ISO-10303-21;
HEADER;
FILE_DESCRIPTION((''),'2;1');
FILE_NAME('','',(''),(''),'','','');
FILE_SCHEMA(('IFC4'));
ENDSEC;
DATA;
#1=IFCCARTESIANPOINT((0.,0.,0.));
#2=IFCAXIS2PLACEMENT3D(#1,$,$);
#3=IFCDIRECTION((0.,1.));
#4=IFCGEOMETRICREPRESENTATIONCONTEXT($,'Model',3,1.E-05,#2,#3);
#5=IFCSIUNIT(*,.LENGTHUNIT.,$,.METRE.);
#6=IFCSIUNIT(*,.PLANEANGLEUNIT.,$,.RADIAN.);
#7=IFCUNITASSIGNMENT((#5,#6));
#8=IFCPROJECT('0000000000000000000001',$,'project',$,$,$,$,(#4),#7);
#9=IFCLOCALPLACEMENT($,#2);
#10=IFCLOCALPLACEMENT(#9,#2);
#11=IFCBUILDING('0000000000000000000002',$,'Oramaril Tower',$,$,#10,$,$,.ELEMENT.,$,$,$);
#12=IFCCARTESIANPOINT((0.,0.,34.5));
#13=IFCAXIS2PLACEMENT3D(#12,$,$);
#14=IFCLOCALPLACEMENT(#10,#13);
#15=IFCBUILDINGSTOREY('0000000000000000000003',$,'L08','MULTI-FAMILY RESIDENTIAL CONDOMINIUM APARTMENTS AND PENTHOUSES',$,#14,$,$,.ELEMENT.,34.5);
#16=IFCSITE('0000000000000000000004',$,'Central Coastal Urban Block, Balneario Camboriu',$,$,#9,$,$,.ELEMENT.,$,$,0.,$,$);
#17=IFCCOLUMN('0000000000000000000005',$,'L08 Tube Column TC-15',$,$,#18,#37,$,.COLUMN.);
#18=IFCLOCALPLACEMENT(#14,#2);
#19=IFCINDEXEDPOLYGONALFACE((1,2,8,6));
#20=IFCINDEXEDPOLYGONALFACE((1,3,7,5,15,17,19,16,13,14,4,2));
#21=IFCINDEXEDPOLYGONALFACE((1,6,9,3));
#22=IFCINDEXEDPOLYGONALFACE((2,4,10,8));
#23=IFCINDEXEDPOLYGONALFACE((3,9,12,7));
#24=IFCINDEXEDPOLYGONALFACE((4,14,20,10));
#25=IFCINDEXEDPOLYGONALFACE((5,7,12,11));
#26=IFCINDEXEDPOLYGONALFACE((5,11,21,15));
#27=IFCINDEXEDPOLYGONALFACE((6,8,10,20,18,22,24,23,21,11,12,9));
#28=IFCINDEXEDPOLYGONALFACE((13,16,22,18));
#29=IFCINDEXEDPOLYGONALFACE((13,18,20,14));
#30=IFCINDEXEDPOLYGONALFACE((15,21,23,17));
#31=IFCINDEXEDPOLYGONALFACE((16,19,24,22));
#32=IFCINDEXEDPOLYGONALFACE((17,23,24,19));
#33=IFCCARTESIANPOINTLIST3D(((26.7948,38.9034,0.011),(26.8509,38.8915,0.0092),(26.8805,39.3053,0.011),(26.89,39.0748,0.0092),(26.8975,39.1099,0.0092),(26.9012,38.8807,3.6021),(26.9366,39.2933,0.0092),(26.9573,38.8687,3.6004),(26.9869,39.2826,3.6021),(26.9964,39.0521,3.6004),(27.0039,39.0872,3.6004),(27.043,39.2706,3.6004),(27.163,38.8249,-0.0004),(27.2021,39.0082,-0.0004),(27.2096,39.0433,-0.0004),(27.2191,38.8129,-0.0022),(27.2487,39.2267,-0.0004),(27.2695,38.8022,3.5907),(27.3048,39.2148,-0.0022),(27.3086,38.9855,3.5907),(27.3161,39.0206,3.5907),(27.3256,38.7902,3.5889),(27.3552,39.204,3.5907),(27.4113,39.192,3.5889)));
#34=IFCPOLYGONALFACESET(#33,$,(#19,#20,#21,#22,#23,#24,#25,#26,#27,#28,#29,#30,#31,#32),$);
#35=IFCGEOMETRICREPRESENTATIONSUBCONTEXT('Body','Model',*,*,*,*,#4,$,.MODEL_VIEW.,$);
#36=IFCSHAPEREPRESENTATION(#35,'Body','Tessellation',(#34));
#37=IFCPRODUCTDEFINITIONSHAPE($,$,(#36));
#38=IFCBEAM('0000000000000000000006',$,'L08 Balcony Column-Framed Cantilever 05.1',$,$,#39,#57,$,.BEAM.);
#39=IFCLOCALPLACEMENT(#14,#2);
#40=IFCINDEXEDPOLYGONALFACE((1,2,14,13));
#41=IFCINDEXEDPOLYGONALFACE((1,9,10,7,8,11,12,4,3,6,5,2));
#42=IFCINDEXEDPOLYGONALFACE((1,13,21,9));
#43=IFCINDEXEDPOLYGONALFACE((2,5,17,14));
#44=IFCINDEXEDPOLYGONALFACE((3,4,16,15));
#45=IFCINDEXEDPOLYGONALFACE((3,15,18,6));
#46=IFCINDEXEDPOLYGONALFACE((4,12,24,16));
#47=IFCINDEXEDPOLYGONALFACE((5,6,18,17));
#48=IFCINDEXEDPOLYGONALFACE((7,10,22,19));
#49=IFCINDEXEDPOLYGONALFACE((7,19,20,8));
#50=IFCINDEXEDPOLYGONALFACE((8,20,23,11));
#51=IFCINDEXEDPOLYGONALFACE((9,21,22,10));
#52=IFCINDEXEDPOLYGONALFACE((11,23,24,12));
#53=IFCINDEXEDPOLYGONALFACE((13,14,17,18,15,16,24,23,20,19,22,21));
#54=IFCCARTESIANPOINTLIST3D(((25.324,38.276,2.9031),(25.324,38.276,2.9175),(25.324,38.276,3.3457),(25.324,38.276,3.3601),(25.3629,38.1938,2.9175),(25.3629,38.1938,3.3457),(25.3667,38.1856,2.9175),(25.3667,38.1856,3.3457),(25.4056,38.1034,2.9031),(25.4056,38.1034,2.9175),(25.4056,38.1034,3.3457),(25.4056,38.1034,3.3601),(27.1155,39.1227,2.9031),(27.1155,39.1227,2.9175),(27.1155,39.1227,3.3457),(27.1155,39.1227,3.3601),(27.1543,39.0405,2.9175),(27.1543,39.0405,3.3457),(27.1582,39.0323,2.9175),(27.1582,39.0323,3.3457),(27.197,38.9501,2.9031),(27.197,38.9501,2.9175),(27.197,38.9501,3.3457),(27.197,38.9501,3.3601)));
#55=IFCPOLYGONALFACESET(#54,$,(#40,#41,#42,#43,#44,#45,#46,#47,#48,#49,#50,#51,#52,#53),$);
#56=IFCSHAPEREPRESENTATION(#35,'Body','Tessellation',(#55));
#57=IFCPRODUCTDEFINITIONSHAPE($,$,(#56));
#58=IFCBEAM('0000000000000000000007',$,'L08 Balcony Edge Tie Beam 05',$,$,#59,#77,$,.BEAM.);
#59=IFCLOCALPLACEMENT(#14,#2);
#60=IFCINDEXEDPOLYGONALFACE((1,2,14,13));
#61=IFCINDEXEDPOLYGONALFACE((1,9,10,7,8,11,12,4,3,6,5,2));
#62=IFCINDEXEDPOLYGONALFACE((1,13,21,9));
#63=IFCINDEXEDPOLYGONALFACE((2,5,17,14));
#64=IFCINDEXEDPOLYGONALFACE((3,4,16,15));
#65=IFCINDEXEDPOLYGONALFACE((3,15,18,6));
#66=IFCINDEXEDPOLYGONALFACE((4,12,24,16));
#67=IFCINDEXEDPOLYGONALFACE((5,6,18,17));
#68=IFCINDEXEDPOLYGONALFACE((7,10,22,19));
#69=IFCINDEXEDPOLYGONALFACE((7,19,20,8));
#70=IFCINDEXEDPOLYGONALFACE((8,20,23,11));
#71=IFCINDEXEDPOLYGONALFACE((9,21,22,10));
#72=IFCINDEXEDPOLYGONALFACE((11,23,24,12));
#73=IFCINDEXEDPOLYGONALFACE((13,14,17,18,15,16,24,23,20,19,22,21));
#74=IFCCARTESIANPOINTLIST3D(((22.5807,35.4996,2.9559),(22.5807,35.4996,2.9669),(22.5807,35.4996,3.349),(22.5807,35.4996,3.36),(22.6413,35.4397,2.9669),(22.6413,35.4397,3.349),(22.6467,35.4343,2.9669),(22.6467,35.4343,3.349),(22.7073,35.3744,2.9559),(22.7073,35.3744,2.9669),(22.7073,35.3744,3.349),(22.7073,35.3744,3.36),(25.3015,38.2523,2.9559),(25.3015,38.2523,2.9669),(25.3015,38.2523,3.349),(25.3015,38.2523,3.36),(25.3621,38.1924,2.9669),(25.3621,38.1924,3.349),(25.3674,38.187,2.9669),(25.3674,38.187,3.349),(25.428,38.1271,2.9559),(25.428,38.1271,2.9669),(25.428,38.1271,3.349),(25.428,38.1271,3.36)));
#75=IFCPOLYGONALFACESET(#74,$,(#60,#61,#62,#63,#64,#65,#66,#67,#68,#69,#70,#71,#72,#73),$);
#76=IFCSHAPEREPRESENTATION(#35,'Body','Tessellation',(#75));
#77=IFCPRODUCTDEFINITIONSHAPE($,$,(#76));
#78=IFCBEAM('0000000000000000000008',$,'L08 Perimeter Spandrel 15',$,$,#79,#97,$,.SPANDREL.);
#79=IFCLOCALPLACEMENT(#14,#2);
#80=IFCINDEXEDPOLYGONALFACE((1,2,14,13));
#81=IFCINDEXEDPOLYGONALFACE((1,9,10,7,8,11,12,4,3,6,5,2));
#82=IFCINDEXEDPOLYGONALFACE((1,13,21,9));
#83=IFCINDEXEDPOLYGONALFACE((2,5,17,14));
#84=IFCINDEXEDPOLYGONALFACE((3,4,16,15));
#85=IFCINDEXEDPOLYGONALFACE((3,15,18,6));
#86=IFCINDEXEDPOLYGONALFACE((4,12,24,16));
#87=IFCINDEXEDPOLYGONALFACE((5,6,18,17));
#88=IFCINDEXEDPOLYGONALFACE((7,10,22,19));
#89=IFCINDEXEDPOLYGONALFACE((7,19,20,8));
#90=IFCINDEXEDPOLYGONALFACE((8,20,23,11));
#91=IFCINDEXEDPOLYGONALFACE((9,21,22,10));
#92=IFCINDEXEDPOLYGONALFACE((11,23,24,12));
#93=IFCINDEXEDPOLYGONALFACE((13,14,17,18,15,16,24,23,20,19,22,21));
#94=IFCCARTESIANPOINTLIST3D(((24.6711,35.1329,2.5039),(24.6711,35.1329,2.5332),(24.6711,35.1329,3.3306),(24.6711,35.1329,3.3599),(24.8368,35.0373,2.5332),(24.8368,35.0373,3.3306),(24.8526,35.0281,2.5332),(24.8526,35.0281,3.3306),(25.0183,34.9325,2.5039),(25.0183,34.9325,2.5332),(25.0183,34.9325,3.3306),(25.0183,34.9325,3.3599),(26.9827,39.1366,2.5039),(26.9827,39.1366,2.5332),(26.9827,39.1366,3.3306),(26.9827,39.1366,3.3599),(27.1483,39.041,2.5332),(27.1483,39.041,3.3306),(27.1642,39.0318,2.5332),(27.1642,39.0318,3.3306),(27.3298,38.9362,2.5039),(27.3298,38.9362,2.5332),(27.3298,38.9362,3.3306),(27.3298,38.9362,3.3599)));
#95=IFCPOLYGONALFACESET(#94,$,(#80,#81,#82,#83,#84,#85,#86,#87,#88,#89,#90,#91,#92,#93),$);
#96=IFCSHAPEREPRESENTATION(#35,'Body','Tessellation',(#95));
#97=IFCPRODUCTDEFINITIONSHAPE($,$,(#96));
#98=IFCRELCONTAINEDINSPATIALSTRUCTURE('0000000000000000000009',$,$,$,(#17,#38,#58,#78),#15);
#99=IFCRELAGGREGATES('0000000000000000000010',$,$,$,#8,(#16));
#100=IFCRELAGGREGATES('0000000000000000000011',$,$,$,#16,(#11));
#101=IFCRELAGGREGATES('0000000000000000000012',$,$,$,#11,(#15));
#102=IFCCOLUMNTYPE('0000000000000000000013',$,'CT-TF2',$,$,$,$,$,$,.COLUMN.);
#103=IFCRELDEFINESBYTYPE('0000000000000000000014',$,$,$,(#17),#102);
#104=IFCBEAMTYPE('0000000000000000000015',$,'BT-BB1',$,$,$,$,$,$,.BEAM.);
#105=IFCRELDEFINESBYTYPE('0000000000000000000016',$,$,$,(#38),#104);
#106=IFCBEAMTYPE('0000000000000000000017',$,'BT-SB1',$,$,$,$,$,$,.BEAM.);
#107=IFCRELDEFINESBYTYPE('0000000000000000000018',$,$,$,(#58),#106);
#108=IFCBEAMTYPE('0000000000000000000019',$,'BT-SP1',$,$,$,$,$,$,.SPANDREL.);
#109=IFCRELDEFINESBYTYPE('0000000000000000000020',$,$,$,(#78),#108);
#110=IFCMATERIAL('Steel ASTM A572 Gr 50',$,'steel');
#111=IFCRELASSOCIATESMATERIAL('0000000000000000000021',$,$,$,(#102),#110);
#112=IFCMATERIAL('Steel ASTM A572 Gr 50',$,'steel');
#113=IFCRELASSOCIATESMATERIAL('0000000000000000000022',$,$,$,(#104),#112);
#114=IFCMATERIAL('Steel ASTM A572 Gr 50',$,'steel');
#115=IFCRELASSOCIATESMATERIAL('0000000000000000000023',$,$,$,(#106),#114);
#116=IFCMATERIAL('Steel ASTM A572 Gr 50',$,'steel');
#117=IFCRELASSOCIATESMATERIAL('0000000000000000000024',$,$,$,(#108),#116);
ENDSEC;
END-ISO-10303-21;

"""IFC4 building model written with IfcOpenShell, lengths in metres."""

from ifc_helpers import new_model, si_unit, direction, frame, origin, origin_2d, place, context, subcontext, project, spatial, i_section, extrude, material, material_profile, profile_set, type_object, element, save


model = new_model("IFC4")

# Units and contexts
model_context = context("Model", 3, precision=1e-05, world=origin(), true_north=direction((0.0, 1.0)))
body_context = subcontext(model_context, "Body", "Model", "MODEL_VIEW")
ifc_project = project(units=[si_unit("LENGTHUNIT", "METRE"), si_unit("PLANEANGLEUNIT", "RADIAN")], contexts=[model_context])

# Site, building, storey
site_placement = place(None, origin())
site = spatial("IfcSite", under=ifc_project, at=site_placement, Name="Central Coastal Urban Block, Balneario Camboriu", CompositionType="ELEMENT", RefElevation=0.0)
building_placement = place(site_placement, origin())
building = spatial("IfcBuilding", under=site, at=building_placement, Name="Oramaril Tower", CompositionType="ELEMENT")
storey_placement = place(building_placement, frame((0.0, 0.0, 34.5)))
storey = spatial("IfcBuildingStorey", under=building, at=storey_placement, Name="L08", Description="MULTI-FAMILY RESIDENTIAL CONDOMINIUM APARTMENTS AND PENTHOUSES", CompositionType="ELEMENT", Elevation=34.5)

# Column
ifc_material_1 = material(Name="Steel ASTM A572 Gr 50", Category="steel")
ifc_material_profile_1 = material_profile(ifc_material_1, i_section(OverallWidth=0.4109, OverallDepth=0.4341, WebThickness=0.0359, FlangeThickness=0.0574, at=origin_2d()), Name="W14X311")
ifc_profile_set_1 = profile_set([ifc_material_profile_1], Name="Steel ASTM A572 Gr 50")
column_type = type_object("IfcColumnType", Name="CT-TF2", PredefinedType="COLUMN", material=ifc_profile_set_1)
column_placement = place(storey_placement, frame((27.0498, 39.0591, 0.0044), z_axis=(0.029628, -0.00632, 0.999541), x_axis=(0.20861, 0.977999, 0.0)))
element("IfcColumn", 1, at=column_placement, inside=storey, type_object=column_type, Name="L08 Tube Column TC-15", PredefinedType="COLUMN", context=body_context, shape_type="SweptSolid", body=[
    extrude(i_section(OverallWidth=0.4109, OverallDepth=0.4341, WebThickness=0.0359, FlangeThickness=0.0574, at=origin_2d()), origin(), (0.0, 0.0, 1.0), 3.5928),
])

# Beams
ifc_material_2 = material(Name="Steel ASTM A572 Gr 50", Category="steel")
ifc_material_profile_2 = material_profile(ifc_material_2, i_section(OverallWidth=0.1909, OverallDepth=0.457, WebThickness=0.009, FlangeThickness=0.0144, at=origin_2d()), Name="W18X50")
ifc_profile_set_2 = profile_set([ifc_material_profile_2], Name="Steel ASTM A572 Gr 50")
beam_type_1 = type_object("IfcBeamType", Name="BT-BB1", PredefinedType="BEAM", material=ifc_profile_set_2)
beam_1_placement = place(storey_placement, frame((27.1562, 39.0364, 3.1316), z_axis=(-0.904114, -0.427292, 0.0), x_axis=(0.427292, -0.904114, 0.0)))
element("IfcBeam", 2, at=beam_1_placement, inside=storey, type_object=beam_type_1, Name="L08 Balcony Column-Framed Cantilever 05.1", PredefinedType="BEAM", context=body_context, shape_type="SweptSolid", body=[
    extrude(i_section(OverallWidth=0.1909, OverallDepth=0.457, WebThickness=0.009, FlangeThickness=0.0144, at=origin_2d()), origin(), (0.0, 0.0, 1.0), 1.9814),
])
ifc_material_3 = material(Name="Steel ASTM A572 Gr 50", Category="steel")
ifc_material_profile_3 = material_profile(ifc_material_3, i_section(OverallWidth=0.178, OverallDepth=0.4041, WebThickness=0.0076, FlangeThickness=0.011, at=origin_2d()), Name="W16X36")
ifc_profile_set_3 = profile_set([ifc_material_profile_3], Name="Steel ASTM A572 Gr 50")
beam_type_2 = type_object("IfcBeamType", Name="BT-SB1", PredefinedType="BEAM", material=ifc_profile_set_3)
beam_2_placement = place(storey_placement, frame((25.3647, 38.1897, 3.158), z_axis=(-0.702963, -0.711226, 0.0), x_axis=(0.711226, -0.702963, 0.0)))
element("IfcBeam", 3, at=beam_2_placement, inside=storey, type_object=beam_type_2, Name="L08 Balcony Edge Tie Beam 05", PredefinedType="BEAM", context=body_context, shape_type="SweptSolid", body=[
    extrude(i_section(OverallWidth=0.178, OverallDepth=0.4041, WebThickness=0.0076, FlangeThickness=0.011, at=origin_2d()), origin(), (0.0, 0.0, 1.0), 3.8704),
])
ifc_material_4 = material(Name="Steel ASTM A572 Gr 50", Category="steel")
ifc_material_profile_4 = material_profile(ifc_material_4, i_section(OverallWidth=0.4009, OverallDepth=0.856, WebThickness=0.0183, FlangeThickness=0.0293, at=origin_2d()), Name="W33X201")
ifc_profile_set_4 = profile_set([ifc_material_profile_4], Name="Steel ASTM A572 Gr 50")
beam_type_3 = type_object("IfcBeamType", Name="BT-SP1", PredefinedType="SPANDREL", material=ifc_profile_set_4)
beam_3_placement = place(storey_placement, frame((27.1562, 39.0364, 2.9319), z_axis=(-0.500001, -0.866025, 0.0), x_axis=(0.866025, -0.500001, 0.0)))
element("IfcBeam", 4, at=beam_3_placement, inside=storey, type_object=beam_type_3, Name="L08 Perimeter Spandrel 15", PredefinedType="SPANDREL", context=body_context, shape_type="SweptSolid", body=[
    extrude(i_section(OverallWidth=0.4009, OverallDepth=0.856, WebThickness=0.0183, FlangeThickness=0.0293, at=origin_2d()), origin(), (0.0, 0.0, 1.0), 4.623),
])

save(model, "model.ifc")
